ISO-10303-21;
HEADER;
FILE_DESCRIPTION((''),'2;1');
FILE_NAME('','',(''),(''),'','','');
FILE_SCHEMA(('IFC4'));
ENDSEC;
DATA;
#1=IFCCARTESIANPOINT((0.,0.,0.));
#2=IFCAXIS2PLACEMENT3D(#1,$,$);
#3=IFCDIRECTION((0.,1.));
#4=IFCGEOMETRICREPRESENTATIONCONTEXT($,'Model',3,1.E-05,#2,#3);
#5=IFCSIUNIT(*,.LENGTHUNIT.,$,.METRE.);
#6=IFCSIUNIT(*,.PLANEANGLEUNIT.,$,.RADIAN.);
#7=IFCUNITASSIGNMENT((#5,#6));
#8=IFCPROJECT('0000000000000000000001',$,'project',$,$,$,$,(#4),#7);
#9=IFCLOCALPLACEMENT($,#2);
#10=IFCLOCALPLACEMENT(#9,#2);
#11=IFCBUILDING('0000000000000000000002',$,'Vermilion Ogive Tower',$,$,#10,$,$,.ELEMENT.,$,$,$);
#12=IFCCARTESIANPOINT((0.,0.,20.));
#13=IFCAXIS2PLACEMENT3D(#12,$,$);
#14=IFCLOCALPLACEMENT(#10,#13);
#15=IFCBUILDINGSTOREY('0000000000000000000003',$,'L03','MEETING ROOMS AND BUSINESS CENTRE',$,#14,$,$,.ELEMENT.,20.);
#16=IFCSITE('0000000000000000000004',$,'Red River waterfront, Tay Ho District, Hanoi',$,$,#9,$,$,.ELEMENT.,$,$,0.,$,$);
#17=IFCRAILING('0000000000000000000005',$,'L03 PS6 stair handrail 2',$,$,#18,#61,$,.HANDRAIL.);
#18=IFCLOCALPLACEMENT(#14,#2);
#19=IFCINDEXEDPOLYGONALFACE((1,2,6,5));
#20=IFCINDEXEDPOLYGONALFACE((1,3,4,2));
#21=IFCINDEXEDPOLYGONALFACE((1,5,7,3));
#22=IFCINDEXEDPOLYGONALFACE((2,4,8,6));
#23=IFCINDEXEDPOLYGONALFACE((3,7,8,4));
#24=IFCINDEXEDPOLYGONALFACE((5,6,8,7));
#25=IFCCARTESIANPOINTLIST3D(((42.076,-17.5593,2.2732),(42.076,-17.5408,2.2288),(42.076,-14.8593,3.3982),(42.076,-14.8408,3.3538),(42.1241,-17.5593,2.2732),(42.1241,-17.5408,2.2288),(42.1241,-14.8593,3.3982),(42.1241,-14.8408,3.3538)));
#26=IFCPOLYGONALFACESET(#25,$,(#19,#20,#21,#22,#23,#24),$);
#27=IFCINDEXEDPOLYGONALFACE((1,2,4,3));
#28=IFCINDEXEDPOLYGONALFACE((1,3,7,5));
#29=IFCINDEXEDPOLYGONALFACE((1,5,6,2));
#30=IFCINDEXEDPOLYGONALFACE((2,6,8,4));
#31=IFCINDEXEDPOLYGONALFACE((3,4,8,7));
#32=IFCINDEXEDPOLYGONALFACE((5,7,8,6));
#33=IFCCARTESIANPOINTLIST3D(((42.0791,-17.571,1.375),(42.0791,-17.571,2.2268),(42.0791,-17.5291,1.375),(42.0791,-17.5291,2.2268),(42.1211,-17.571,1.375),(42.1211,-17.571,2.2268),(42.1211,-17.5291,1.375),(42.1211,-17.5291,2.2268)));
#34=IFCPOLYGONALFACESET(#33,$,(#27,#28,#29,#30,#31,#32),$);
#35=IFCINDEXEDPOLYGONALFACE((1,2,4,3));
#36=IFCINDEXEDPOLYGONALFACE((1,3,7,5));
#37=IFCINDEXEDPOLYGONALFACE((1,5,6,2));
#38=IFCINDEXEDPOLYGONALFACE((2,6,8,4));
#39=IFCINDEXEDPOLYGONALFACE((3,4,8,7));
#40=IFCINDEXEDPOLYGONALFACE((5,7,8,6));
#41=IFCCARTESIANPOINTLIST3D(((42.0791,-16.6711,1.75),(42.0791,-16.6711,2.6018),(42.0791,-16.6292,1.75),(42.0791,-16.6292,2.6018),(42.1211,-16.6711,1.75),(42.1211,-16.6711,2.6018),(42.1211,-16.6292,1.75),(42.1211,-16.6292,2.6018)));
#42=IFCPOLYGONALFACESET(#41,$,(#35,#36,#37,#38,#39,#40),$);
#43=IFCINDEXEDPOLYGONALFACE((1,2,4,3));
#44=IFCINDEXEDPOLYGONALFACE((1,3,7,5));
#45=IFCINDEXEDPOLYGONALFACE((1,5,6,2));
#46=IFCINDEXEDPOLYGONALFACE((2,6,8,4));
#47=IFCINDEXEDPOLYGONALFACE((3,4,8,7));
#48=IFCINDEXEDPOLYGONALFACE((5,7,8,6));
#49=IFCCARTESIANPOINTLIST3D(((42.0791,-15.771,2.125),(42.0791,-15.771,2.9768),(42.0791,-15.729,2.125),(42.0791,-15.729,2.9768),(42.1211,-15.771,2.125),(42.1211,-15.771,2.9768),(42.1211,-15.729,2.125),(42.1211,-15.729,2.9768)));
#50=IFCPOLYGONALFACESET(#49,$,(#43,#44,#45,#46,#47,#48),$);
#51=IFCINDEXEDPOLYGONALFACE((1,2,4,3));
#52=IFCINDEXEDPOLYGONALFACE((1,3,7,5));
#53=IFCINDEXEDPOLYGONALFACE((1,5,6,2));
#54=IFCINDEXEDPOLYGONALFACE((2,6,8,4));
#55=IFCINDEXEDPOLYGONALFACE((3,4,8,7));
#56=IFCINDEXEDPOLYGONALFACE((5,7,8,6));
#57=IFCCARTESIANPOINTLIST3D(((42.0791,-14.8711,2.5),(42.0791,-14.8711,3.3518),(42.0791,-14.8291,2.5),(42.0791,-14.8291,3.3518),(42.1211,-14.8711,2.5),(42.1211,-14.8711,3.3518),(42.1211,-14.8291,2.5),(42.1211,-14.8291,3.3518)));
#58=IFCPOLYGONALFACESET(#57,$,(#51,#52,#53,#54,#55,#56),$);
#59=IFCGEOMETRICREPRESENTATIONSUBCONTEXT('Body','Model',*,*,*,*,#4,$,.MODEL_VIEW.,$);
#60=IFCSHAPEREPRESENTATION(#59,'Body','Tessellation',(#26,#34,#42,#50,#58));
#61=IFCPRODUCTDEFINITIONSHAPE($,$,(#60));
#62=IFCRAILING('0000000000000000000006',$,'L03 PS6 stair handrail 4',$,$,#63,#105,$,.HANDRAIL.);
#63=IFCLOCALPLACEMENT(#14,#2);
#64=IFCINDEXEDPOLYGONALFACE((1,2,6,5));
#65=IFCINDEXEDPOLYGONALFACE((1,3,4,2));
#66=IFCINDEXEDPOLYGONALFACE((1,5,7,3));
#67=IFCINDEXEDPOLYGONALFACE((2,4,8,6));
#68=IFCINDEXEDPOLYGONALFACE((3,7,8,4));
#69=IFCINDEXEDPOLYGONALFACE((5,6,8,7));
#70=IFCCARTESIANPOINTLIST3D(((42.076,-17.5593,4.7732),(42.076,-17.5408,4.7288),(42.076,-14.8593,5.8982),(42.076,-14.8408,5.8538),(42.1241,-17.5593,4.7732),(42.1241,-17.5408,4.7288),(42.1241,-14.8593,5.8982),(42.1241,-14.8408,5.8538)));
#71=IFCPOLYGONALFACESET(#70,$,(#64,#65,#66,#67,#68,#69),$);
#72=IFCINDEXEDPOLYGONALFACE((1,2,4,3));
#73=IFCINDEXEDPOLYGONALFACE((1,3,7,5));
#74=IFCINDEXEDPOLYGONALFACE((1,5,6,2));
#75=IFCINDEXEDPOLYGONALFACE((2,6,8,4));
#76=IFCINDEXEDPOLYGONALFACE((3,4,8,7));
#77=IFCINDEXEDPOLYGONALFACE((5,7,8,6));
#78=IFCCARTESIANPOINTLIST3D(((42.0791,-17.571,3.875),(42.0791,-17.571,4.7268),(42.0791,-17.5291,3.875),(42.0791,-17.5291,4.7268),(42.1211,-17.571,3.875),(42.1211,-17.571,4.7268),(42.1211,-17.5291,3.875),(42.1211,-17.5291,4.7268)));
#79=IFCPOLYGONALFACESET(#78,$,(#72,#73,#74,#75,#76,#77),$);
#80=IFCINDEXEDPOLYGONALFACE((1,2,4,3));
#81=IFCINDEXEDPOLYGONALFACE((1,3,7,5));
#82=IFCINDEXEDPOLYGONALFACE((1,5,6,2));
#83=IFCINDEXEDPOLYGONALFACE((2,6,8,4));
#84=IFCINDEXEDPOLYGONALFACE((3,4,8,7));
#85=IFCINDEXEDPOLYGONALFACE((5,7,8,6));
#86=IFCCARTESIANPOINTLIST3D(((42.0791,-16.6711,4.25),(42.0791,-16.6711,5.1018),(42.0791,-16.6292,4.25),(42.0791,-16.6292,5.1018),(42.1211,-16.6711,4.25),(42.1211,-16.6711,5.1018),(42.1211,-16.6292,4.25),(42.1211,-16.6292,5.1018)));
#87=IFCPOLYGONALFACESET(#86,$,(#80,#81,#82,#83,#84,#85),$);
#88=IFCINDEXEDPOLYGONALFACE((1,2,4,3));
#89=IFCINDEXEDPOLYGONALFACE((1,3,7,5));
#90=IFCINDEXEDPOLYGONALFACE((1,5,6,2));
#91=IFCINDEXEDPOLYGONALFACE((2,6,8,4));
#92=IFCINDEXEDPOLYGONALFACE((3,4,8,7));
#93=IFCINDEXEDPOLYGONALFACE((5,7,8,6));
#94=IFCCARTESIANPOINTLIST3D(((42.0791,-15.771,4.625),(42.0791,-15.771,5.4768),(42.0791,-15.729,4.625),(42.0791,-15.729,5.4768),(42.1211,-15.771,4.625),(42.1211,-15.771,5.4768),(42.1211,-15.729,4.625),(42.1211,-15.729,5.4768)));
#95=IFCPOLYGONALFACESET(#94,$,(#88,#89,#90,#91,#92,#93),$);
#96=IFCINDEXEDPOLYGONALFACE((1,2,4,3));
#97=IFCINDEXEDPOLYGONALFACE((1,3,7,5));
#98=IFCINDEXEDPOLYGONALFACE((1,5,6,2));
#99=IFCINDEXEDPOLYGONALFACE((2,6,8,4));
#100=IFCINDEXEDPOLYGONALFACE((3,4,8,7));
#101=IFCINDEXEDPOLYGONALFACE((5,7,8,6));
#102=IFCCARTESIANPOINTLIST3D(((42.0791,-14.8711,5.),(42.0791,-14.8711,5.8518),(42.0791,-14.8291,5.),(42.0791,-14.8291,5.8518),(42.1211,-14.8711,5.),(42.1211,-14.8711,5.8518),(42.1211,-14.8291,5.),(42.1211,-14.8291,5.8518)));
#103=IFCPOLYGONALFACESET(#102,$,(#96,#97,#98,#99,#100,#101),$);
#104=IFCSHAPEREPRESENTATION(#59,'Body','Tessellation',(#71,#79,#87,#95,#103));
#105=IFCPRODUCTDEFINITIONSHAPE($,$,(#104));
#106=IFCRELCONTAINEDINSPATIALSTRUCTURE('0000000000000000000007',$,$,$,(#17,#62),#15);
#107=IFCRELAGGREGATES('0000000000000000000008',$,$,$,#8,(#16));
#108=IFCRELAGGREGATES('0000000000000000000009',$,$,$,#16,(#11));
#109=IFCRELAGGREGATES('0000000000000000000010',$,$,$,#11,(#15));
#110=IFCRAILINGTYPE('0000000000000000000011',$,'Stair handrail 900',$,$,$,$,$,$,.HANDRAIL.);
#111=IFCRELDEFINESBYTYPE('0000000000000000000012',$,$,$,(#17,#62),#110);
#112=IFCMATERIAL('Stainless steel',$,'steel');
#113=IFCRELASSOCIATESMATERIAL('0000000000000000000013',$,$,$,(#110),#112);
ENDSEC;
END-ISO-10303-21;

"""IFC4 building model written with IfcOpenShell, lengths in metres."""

from ifc_helpers import new_model, si_unit, direction, frame, origin, origin_2d, place, context, subcontext, project, spatial, rectangle, extrude, material, type_object, element, save


model = new_model("IFC4")

# Units and contexts
model_context = context("Model", 3, precision=1e-05, world=origin(), true_north=direction((0.0, 1.0)))
body_context = subcontext(model_context, "Body", "Model", "MODEL_VIEW")
ifc_project = project(units=[si_unit("LENGTHUNIT", "METRE"), si_unit("PLANEANGLEUNIT", "RADIAN")], contexts=[model_context])

# Site, building, storey
site_placement = place(None, origin())
site = spatial("IfcSite", under=ifc_project, at=site_placement, Name="Red River waterfront, Tay Ho District, Hanoi", CompositionType="ELEMENT", RefElevation=0.0)
building_placement = place(site_placement, origin())
building = spatial("IfcBuilding", under=site, at=building_placement, Name="Vermilion Ogive Tower", CompositionType="ELEMENT")
storey_placement = place(building_placement, frame((0.0, 0.0, 20.0)))
storey = spatial("IfcBuildingStorey", under=building, at=storey_placement, Name="L03", Description="MEETING ROOMS AND BUSINESS CENTRE", CompositionType="ELEMENT", Elevation=20.0)

# Railings
ifc_material_1 = material(Name="Stainless steel", Category="steel")
railing_type_1 = type_object("IfcRailingType", Name="Stair handrail 900", PredefinedType="HANDRAIL", material=ifc_material_1)
for number, where, name in (
    (1, (42.1001, -17.55, 1.375), "L03 PS6 stair handrail 2"),
    (2, (42.1001, -17.55, 3.875), "L03 PS6 stair handrail 4"),
):
    element("IfcRailing", number, at=place(storey_placement, frame(where)), inside=storey, type_object=railing_type_1, Name=name, PredefinedType="HANDRAIL", context=body_context, shape_type="SweptSolid", body=[
        extrude(rectangle(XDim=0.0481, YDim=0.0481, at=origin_2d()), frame((0.0, 0.0, 0.876), z_axis=(0.0, 0.923074, 0.384621), x_axis=(-1.0, 0.0, 0.0)), (0.0, 0.0, 1.0), 2.925),
        extrude(rectangle(XDim=0.042, YDim=0.042, at=origin_2d()), origin(), (0.0, 0.0, 1.0), 0.8518),
        extrude(rectangle(XDim=0.042, YDim=0.042, at=origin_2d()), frame((0.0, 0.8999, 0.375)), (0.0, 0.0, 1.0), 0.8518),
        extrude(rectangle(XDim=0.042, YDim=0.042, at=origin_2d()), frame((0.0, 1.8, 0.75)), (0.0, 0.0, 1.0), 0.8518),
        extrude(rectangle(XDim=0.042, YDim=0.042, at=origin_2d()), frame((0.0, 2.7, 1.125)), (0.0, 0.0, 1.0), 0.8518),
    ])

save(model, "model.ifc")
